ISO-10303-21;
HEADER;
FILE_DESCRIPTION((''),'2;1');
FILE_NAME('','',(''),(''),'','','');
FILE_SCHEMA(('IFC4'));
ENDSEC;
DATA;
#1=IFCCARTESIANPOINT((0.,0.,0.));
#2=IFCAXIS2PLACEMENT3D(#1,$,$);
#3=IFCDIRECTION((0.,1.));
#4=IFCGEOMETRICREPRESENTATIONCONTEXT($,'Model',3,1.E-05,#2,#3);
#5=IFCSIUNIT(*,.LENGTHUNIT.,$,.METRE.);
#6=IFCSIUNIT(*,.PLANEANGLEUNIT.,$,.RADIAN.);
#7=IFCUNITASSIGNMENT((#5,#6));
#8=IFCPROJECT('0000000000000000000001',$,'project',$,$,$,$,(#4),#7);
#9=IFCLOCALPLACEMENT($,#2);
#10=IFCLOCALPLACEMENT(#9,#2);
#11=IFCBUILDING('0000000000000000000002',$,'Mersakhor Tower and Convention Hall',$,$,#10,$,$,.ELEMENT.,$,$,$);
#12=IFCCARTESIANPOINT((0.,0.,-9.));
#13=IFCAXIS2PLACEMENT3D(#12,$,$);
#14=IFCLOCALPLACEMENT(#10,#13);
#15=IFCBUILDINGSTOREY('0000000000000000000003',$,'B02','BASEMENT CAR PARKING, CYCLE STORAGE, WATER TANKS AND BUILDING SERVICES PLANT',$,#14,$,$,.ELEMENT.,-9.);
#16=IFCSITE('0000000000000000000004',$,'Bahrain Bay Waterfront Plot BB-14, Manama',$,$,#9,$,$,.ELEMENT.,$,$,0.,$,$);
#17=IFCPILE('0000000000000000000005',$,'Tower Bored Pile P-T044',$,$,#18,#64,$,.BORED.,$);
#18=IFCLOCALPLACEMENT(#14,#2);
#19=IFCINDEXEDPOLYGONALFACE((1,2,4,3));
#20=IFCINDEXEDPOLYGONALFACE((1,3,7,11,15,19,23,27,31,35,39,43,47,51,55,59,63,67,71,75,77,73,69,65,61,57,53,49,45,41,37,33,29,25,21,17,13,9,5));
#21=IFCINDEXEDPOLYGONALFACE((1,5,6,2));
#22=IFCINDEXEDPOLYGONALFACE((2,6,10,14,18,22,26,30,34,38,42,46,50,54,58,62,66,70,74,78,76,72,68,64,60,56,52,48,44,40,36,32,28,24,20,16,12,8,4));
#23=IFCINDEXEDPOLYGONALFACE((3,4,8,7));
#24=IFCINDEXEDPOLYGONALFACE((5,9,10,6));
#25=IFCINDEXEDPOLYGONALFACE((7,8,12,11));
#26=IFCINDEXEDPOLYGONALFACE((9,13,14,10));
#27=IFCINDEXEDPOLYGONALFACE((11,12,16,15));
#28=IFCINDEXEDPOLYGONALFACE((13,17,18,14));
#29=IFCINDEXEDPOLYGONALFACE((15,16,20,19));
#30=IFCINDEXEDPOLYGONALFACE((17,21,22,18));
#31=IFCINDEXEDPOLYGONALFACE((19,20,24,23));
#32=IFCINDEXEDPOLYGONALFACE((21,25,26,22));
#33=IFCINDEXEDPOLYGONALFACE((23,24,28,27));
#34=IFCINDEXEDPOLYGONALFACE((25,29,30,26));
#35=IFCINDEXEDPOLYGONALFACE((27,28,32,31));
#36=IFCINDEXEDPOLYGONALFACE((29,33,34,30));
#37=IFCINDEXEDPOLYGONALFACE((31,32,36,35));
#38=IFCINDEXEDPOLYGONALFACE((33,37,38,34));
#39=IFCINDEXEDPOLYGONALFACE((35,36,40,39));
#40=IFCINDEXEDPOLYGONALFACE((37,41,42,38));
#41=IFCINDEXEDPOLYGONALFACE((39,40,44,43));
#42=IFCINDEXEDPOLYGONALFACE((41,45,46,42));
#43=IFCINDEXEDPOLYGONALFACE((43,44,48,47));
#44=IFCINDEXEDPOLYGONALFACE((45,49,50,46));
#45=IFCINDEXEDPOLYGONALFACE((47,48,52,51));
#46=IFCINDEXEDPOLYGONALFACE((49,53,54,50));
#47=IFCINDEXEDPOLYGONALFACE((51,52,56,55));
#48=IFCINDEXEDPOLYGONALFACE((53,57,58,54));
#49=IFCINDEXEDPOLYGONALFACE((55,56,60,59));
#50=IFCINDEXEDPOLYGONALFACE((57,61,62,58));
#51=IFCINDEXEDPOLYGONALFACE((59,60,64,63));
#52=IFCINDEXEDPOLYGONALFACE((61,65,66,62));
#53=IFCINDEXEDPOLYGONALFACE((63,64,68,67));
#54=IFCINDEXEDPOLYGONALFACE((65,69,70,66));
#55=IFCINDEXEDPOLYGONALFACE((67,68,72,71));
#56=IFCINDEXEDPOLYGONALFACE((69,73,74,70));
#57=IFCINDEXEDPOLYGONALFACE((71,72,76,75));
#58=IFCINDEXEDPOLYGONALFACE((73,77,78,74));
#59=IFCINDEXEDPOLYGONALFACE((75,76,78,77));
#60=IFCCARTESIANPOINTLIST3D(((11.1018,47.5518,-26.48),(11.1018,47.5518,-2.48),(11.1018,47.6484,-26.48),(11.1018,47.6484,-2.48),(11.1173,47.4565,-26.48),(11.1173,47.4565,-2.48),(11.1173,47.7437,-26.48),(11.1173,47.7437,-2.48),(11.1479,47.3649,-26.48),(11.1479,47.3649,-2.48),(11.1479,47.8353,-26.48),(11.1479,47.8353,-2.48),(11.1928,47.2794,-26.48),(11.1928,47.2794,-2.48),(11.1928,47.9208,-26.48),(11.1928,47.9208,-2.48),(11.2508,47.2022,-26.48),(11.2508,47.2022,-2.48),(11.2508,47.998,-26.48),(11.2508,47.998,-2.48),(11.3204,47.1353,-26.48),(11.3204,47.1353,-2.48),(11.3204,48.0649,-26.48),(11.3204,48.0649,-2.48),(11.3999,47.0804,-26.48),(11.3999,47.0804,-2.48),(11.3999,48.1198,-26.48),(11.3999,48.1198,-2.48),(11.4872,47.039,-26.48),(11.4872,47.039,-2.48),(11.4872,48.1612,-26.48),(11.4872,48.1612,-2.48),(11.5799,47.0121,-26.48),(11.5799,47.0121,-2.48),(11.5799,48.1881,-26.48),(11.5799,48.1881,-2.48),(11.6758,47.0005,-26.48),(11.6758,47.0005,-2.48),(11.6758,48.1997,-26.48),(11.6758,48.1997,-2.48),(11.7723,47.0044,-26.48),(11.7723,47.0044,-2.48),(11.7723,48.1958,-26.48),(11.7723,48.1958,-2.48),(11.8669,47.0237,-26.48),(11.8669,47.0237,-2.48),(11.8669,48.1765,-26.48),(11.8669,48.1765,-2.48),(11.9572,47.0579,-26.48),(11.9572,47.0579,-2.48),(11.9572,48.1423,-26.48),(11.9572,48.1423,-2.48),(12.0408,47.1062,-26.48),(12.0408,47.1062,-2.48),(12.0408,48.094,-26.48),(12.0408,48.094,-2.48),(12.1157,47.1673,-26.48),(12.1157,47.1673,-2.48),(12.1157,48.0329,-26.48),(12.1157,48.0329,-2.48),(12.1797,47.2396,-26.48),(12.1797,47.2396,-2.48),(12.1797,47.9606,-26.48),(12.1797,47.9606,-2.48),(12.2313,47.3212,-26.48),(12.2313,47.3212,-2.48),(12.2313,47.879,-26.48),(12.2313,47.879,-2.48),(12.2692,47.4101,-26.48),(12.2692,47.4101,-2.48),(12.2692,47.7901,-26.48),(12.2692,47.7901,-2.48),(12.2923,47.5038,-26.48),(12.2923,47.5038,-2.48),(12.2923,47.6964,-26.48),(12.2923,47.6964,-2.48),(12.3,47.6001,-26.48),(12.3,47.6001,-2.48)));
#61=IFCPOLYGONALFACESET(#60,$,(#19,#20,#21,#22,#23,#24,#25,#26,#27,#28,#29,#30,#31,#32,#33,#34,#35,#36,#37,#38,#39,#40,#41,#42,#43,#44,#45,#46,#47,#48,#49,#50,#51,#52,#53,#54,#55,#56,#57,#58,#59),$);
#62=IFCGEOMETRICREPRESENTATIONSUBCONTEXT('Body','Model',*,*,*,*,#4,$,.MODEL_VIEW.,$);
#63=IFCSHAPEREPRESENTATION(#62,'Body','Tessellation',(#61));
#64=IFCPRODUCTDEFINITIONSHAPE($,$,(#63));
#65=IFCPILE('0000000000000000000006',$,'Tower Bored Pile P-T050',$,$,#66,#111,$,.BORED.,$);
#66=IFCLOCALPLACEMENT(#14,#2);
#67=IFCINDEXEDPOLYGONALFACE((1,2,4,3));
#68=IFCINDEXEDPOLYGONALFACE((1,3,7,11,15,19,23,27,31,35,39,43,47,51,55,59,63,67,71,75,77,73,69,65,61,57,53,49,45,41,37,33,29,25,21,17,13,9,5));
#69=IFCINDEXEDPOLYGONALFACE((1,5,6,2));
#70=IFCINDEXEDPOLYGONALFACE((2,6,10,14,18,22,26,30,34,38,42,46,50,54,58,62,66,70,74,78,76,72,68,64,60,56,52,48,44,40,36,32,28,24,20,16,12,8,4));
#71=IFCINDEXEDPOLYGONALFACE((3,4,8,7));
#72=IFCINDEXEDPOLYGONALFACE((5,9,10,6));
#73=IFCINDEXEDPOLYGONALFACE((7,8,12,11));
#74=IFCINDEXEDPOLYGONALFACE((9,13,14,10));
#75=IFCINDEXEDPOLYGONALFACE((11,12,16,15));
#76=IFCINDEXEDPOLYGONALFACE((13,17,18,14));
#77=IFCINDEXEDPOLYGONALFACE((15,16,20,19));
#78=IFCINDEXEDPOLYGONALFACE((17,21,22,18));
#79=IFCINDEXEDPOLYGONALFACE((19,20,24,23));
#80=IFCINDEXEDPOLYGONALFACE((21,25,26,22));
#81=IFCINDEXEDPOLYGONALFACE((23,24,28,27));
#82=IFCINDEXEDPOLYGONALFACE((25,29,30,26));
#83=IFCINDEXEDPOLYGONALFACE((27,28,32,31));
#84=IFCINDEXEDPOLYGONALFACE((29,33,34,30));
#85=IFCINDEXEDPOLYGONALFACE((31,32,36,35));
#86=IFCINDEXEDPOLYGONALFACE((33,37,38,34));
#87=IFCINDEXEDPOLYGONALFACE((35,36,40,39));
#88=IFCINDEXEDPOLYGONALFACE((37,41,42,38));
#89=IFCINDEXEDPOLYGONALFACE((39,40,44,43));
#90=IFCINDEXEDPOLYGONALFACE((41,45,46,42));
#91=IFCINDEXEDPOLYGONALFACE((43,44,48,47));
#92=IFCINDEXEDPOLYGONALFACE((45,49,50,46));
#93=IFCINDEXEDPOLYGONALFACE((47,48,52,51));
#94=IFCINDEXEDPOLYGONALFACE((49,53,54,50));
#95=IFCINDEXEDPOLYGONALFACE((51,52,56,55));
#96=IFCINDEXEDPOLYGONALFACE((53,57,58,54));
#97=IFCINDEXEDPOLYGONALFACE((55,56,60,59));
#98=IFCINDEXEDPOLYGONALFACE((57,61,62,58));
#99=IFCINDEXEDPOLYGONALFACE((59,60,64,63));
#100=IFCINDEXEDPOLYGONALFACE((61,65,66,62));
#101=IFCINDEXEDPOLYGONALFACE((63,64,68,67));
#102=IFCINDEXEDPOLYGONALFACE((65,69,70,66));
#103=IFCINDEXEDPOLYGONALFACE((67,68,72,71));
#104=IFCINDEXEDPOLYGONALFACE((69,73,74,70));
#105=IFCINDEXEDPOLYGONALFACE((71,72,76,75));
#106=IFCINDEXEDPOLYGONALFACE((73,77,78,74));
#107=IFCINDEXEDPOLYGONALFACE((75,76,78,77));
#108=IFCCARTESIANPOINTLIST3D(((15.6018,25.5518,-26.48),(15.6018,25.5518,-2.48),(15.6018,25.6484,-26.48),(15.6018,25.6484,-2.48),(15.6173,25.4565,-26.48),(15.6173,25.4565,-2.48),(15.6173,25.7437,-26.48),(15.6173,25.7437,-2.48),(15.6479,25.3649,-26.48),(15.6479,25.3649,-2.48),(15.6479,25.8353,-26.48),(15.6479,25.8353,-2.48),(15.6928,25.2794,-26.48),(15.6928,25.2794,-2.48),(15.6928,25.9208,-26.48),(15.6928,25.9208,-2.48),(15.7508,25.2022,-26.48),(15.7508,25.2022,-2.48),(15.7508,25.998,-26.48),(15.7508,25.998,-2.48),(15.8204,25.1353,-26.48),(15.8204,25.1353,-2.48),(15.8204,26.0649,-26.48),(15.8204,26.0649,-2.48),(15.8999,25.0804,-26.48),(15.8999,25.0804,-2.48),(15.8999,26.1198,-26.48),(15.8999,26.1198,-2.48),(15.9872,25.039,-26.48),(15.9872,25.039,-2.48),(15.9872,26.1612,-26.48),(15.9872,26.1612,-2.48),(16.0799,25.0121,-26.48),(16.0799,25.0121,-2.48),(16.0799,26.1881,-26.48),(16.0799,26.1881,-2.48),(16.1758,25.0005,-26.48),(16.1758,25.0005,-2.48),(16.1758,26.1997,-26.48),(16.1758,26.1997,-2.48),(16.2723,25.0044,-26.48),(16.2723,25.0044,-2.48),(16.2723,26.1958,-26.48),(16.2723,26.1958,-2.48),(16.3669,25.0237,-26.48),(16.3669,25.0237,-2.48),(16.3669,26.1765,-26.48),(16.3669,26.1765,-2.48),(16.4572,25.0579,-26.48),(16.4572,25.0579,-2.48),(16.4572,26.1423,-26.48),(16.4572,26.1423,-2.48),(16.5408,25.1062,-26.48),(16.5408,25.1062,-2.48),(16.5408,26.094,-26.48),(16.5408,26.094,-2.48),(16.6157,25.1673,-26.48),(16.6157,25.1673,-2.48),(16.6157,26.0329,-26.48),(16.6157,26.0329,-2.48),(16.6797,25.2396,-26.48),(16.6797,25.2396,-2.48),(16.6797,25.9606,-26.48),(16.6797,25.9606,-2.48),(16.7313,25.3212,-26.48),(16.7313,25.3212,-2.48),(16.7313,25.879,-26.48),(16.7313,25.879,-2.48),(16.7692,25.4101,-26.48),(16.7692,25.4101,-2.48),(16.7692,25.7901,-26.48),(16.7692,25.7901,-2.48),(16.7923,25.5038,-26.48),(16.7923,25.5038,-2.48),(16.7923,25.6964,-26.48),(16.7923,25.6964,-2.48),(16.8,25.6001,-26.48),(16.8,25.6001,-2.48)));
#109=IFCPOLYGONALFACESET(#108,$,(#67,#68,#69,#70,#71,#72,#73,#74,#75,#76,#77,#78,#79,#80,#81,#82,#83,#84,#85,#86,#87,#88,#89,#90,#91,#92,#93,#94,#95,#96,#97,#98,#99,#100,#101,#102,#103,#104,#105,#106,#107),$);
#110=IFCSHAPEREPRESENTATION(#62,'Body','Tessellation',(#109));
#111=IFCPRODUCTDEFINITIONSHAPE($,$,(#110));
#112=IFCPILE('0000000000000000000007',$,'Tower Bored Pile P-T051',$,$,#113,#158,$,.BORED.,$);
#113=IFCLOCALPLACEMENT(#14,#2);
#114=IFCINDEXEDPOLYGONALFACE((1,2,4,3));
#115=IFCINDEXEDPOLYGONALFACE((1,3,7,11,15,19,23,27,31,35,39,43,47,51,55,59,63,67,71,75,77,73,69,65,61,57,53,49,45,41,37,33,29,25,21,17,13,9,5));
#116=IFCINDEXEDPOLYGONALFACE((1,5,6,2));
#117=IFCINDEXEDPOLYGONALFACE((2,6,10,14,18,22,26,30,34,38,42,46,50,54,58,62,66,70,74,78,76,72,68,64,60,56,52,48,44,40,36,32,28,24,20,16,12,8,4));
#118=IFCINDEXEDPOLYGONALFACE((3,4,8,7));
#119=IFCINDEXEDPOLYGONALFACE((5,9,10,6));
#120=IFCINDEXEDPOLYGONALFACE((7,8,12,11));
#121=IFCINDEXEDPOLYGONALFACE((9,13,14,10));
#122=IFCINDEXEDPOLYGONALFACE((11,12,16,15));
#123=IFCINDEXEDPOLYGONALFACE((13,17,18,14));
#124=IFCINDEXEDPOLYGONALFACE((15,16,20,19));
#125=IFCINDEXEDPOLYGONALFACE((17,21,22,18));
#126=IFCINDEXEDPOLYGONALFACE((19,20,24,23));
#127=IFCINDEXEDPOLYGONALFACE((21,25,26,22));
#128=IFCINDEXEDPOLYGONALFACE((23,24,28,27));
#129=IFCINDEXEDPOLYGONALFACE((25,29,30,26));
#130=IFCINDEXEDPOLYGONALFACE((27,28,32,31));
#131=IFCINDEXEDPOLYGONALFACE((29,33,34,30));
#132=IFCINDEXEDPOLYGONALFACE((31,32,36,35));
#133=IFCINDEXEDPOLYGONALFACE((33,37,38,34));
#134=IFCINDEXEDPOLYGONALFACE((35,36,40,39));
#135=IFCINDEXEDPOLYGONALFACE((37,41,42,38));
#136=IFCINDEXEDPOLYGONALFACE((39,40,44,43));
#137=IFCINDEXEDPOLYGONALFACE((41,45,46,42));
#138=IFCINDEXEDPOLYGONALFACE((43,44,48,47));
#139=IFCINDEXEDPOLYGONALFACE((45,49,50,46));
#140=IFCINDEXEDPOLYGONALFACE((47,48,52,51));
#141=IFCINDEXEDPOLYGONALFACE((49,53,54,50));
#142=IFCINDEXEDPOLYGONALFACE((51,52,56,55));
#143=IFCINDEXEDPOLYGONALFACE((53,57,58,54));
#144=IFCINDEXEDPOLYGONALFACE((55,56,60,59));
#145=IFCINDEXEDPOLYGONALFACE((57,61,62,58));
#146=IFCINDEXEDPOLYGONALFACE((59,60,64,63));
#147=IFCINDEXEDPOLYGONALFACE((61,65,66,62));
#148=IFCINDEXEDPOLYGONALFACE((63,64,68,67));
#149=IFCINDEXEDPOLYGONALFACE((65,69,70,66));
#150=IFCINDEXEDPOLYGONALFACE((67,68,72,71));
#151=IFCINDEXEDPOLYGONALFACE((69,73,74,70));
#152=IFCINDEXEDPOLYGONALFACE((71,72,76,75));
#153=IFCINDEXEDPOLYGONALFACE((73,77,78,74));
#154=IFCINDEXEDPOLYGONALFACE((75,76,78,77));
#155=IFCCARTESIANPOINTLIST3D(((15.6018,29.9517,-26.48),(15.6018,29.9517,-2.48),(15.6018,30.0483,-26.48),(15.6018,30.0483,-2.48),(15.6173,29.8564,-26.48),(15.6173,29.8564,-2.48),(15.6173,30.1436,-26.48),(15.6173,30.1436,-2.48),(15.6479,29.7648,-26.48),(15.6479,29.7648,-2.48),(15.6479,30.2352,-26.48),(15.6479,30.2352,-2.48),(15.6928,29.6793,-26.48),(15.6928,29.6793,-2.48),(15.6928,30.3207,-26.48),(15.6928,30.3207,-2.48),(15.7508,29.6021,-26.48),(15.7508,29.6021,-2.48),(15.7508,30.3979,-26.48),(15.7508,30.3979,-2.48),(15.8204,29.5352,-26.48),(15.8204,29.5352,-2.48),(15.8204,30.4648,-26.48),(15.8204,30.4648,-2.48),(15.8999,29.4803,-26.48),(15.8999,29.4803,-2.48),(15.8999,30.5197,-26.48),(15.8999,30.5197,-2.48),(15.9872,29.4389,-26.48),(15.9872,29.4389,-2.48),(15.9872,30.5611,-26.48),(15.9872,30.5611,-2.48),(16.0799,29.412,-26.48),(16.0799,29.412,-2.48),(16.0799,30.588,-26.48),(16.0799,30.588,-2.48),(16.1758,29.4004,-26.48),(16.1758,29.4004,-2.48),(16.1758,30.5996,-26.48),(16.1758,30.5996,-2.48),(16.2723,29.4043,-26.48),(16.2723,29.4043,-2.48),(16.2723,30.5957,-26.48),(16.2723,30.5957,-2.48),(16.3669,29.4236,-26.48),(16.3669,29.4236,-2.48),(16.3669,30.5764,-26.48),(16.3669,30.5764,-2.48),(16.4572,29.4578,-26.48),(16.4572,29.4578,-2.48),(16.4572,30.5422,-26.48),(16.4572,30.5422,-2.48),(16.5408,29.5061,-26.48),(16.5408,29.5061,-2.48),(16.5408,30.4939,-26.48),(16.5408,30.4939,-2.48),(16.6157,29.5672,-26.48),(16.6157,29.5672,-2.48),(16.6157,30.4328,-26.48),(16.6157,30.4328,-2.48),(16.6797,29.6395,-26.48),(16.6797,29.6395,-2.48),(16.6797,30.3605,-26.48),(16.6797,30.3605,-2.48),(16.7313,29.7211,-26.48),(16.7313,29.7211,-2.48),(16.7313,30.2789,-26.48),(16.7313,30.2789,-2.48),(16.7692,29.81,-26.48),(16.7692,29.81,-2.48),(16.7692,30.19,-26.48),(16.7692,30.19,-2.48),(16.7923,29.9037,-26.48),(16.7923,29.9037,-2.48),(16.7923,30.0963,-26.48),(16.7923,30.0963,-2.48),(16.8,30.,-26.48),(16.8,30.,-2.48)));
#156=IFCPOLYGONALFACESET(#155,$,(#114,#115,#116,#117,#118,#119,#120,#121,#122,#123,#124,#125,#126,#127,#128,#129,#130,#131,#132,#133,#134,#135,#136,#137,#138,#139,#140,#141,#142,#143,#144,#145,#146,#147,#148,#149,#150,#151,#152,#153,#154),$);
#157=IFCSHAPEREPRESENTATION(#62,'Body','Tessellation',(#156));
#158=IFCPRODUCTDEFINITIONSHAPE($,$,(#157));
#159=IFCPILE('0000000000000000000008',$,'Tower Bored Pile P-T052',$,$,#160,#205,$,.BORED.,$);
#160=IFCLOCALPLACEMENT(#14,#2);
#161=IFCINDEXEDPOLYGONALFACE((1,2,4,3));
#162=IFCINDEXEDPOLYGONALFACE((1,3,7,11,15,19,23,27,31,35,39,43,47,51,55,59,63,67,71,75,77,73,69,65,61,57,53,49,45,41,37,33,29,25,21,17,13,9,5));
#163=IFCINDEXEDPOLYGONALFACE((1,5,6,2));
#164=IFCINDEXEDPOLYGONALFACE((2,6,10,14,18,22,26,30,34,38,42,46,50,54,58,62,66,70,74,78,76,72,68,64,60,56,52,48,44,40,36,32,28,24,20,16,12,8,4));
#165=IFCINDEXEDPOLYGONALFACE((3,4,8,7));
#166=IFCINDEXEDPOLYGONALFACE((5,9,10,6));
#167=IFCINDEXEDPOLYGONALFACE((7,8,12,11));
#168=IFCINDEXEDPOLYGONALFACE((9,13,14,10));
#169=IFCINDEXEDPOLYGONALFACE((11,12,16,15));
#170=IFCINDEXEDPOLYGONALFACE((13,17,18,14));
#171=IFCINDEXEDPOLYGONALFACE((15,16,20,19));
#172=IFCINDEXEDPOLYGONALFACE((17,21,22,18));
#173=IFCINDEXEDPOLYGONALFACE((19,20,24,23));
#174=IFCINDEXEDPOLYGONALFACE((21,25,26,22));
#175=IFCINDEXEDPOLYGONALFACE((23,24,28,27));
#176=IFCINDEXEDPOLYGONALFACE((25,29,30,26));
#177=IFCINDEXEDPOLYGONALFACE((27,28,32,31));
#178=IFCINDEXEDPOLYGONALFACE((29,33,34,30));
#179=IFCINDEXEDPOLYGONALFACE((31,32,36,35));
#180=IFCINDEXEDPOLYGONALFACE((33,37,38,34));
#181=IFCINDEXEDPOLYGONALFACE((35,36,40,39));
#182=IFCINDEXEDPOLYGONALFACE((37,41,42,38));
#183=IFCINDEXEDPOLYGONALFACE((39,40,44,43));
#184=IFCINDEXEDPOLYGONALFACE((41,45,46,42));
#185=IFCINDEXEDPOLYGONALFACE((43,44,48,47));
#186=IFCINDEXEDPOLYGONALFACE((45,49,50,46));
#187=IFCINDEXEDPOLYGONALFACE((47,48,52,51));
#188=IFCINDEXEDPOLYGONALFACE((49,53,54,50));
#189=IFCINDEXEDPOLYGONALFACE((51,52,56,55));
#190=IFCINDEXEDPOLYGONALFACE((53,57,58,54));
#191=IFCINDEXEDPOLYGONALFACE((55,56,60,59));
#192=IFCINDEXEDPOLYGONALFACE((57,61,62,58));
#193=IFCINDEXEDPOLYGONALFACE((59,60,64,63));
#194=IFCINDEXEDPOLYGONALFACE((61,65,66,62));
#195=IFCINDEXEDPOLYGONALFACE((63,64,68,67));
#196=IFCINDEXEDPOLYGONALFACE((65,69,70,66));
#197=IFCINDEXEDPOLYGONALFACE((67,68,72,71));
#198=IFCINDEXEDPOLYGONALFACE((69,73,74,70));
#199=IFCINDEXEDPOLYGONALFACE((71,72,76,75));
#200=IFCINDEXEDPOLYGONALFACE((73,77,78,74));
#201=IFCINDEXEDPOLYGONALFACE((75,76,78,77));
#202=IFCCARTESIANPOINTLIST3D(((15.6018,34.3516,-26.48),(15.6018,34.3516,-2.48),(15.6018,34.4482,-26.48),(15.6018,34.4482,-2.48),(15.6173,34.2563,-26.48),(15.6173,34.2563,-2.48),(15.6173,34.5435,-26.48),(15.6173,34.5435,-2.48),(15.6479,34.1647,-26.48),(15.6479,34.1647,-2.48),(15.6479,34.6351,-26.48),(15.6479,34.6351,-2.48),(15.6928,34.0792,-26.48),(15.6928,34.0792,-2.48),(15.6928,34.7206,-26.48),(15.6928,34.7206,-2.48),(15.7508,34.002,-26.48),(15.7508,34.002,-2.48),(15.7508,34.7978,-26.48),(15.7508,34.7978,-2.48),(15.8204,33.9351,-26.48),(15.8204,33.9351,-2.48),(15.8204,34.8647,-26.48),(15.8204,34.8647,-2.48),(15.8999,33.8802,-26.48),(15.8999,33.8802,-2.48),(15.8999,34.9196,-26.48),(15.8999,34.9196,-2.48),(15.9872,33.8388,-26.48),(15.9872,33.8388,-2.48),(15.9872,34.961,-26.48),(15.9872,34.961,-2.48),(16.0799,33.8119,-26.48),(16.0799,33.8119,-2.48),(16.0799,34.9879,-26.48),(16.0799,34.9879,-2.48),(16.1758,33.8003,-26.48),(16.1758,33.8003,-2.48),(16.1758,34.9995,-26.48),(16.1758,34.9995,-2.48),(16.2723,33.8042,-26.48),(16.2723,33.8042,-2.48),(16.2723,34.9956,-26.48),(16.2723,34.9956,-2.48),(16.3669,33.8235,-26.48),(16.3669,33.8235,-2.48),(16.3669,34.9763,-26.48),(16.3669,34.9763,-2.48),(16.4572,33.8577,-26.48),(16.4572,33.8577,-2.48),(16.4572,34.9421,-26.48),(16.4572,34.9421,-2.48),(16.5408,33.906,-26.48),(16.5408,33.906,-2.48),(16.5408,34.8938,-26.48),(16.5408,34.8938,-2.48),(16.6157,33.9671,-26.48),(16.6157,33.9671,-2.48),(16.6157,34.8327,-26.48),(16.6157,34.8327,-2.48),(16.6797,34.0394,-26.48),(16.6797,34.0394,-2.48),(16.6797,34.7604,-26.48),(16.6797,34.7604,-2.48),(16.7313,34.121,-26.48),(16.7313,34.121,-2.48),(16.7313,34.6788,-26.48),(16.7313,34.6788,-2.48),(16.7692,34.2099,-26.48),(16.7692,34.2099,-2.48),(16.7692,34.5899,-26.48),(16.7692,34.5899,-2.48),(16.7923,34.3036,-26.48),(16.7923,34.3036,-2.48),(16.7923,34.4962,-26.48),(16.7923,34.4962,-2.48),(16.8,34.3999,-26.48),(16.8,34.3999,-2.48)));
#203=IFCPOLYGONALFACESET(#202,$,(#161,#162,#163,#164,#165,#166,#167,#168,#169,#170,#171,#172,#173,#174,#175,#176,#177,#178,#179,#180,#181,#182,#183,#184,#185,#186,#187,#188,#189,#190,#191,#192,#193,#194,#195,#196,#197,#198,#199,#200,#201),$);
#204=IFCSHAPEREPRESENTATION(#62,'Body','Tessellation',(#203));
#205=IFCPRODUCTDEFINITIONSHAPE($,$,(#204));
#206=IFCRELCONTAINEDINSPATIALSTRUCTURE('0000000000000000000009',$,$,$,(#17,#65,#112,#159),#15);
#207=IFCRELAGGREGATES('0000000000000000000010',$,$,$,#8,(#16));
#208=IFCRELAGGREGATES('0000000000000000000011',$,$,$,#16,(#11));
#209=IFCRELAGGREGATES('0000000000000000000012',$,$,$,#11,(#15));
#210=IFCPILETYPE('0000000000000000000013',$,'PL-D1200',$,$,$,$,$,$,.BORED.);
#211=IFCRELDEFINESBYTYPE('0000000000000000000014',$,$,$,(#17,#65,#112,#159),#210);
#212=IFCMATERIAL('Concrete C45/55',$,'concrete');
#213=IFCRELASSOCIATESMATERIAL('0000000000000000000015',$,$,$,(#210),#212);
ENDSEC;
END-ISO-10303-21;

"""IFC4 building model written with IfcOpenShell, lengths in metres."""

from ifc_helpers import new_model, si_unit, direction, frame, origin, origin_2d, place, context, subcontext, project, spatial, circle, extrude, material, material_profile, profile_set, type_object, element, save


model = new_model("IFC4")

# Units and contexts
model_context = context("Model", 3, precision=1e-05, world=origin(), true_north=direction((0.0, 1.0)))
body_context = subcontext(model_context, "Body", "Model", "MODEL_VIEW")
ifc_project = project(units=[si_unit("LENGTHUNIT", "METRE"), si_unit("PLANEANGLEUNIT", "RADIAN")], contexts=[model_context])

# Site, building, storey
site_placement = place(None, origin())
site = spatial("IfcSite", under=ifc_project, at=site_placement, Name="Bahrain Bay Waterfront Plot BB-14, Manama", CompositionType="ELEMENT", RefElevation=0.0)
building_placement = place(site_placement, origin())
building = spatial("IfcBuilding", under=site, at=building_placement, Name="Mersakhor Tower and Convention Hall", CompositionType="ELEMENT")
storey_placement = place(building_placement, frame((0.0, 0.0, -9.0)))
storey = spatial("IfcBuildingStorey", under=building, at=storey_placement, Name="B02", Description="BASEMENT CAR PARKING, CYCLE STORAGE, WATER TANKS AND BUILDING SERVICES PLANT", CompositionType="ELEMENT", Elevation=-9.0)

# Piles
ifc_material_1 = material(Name="Concrete C45/55", Category="concrete")
ifc_material_profile_1 = material_profile(ifc_material_1, circle(Radius=0.6001, at=origin_2d()), Name="PILE D1200")
ifc_profile_set_1 = profile_set([ifc_material_profile_1], Name="Concrete C45/55")
pile_type = type_object("IfcPileType", Name="PL-D1200", PredefinedType="BORED", material=ifc_profile_set_1)
for number, where, z_axis, x_axis, name in (
    (1, (11.7, 47.6001, -2.48), (0.0, 0.0, -1.0), (1.0, 0.0, 0.0), "Tower Bored Pile P-T044"),
    (2, (16.2, 25.6001, -2.48), (0.0, 0.0, -1.0), (1.0, 0.0, 0.0), "Tower Bored Pile P-T050"),
    (3, (16.2, 30.0, -2.48), (0.0, 0.0, -1.0), (1.0, 0.0, 0.0), "Tower Bored Pile P-T051"),
    (4, (16.2, 34.3999, -2.48), (0.0, 0.0, -1.0), (1.0, 0.0, 0.0), "Tower Bored Pile P-T052"),
):
    element("IfcPile", number, at=place(storey_placement, frame(where, z_axis=z_axis, x_axis=x_axis)), inside=storey, type_object=pile_type, Name=name, PredefinedType="BORED", context=body_context, shape_type="SweptSolid", body=[
        extrude(circle(Radius=0.6001, at=origin_2d()), origin(), (0.0, 0.0, 1.0), 24.0),
    ])

save(model, "model.ifc")
